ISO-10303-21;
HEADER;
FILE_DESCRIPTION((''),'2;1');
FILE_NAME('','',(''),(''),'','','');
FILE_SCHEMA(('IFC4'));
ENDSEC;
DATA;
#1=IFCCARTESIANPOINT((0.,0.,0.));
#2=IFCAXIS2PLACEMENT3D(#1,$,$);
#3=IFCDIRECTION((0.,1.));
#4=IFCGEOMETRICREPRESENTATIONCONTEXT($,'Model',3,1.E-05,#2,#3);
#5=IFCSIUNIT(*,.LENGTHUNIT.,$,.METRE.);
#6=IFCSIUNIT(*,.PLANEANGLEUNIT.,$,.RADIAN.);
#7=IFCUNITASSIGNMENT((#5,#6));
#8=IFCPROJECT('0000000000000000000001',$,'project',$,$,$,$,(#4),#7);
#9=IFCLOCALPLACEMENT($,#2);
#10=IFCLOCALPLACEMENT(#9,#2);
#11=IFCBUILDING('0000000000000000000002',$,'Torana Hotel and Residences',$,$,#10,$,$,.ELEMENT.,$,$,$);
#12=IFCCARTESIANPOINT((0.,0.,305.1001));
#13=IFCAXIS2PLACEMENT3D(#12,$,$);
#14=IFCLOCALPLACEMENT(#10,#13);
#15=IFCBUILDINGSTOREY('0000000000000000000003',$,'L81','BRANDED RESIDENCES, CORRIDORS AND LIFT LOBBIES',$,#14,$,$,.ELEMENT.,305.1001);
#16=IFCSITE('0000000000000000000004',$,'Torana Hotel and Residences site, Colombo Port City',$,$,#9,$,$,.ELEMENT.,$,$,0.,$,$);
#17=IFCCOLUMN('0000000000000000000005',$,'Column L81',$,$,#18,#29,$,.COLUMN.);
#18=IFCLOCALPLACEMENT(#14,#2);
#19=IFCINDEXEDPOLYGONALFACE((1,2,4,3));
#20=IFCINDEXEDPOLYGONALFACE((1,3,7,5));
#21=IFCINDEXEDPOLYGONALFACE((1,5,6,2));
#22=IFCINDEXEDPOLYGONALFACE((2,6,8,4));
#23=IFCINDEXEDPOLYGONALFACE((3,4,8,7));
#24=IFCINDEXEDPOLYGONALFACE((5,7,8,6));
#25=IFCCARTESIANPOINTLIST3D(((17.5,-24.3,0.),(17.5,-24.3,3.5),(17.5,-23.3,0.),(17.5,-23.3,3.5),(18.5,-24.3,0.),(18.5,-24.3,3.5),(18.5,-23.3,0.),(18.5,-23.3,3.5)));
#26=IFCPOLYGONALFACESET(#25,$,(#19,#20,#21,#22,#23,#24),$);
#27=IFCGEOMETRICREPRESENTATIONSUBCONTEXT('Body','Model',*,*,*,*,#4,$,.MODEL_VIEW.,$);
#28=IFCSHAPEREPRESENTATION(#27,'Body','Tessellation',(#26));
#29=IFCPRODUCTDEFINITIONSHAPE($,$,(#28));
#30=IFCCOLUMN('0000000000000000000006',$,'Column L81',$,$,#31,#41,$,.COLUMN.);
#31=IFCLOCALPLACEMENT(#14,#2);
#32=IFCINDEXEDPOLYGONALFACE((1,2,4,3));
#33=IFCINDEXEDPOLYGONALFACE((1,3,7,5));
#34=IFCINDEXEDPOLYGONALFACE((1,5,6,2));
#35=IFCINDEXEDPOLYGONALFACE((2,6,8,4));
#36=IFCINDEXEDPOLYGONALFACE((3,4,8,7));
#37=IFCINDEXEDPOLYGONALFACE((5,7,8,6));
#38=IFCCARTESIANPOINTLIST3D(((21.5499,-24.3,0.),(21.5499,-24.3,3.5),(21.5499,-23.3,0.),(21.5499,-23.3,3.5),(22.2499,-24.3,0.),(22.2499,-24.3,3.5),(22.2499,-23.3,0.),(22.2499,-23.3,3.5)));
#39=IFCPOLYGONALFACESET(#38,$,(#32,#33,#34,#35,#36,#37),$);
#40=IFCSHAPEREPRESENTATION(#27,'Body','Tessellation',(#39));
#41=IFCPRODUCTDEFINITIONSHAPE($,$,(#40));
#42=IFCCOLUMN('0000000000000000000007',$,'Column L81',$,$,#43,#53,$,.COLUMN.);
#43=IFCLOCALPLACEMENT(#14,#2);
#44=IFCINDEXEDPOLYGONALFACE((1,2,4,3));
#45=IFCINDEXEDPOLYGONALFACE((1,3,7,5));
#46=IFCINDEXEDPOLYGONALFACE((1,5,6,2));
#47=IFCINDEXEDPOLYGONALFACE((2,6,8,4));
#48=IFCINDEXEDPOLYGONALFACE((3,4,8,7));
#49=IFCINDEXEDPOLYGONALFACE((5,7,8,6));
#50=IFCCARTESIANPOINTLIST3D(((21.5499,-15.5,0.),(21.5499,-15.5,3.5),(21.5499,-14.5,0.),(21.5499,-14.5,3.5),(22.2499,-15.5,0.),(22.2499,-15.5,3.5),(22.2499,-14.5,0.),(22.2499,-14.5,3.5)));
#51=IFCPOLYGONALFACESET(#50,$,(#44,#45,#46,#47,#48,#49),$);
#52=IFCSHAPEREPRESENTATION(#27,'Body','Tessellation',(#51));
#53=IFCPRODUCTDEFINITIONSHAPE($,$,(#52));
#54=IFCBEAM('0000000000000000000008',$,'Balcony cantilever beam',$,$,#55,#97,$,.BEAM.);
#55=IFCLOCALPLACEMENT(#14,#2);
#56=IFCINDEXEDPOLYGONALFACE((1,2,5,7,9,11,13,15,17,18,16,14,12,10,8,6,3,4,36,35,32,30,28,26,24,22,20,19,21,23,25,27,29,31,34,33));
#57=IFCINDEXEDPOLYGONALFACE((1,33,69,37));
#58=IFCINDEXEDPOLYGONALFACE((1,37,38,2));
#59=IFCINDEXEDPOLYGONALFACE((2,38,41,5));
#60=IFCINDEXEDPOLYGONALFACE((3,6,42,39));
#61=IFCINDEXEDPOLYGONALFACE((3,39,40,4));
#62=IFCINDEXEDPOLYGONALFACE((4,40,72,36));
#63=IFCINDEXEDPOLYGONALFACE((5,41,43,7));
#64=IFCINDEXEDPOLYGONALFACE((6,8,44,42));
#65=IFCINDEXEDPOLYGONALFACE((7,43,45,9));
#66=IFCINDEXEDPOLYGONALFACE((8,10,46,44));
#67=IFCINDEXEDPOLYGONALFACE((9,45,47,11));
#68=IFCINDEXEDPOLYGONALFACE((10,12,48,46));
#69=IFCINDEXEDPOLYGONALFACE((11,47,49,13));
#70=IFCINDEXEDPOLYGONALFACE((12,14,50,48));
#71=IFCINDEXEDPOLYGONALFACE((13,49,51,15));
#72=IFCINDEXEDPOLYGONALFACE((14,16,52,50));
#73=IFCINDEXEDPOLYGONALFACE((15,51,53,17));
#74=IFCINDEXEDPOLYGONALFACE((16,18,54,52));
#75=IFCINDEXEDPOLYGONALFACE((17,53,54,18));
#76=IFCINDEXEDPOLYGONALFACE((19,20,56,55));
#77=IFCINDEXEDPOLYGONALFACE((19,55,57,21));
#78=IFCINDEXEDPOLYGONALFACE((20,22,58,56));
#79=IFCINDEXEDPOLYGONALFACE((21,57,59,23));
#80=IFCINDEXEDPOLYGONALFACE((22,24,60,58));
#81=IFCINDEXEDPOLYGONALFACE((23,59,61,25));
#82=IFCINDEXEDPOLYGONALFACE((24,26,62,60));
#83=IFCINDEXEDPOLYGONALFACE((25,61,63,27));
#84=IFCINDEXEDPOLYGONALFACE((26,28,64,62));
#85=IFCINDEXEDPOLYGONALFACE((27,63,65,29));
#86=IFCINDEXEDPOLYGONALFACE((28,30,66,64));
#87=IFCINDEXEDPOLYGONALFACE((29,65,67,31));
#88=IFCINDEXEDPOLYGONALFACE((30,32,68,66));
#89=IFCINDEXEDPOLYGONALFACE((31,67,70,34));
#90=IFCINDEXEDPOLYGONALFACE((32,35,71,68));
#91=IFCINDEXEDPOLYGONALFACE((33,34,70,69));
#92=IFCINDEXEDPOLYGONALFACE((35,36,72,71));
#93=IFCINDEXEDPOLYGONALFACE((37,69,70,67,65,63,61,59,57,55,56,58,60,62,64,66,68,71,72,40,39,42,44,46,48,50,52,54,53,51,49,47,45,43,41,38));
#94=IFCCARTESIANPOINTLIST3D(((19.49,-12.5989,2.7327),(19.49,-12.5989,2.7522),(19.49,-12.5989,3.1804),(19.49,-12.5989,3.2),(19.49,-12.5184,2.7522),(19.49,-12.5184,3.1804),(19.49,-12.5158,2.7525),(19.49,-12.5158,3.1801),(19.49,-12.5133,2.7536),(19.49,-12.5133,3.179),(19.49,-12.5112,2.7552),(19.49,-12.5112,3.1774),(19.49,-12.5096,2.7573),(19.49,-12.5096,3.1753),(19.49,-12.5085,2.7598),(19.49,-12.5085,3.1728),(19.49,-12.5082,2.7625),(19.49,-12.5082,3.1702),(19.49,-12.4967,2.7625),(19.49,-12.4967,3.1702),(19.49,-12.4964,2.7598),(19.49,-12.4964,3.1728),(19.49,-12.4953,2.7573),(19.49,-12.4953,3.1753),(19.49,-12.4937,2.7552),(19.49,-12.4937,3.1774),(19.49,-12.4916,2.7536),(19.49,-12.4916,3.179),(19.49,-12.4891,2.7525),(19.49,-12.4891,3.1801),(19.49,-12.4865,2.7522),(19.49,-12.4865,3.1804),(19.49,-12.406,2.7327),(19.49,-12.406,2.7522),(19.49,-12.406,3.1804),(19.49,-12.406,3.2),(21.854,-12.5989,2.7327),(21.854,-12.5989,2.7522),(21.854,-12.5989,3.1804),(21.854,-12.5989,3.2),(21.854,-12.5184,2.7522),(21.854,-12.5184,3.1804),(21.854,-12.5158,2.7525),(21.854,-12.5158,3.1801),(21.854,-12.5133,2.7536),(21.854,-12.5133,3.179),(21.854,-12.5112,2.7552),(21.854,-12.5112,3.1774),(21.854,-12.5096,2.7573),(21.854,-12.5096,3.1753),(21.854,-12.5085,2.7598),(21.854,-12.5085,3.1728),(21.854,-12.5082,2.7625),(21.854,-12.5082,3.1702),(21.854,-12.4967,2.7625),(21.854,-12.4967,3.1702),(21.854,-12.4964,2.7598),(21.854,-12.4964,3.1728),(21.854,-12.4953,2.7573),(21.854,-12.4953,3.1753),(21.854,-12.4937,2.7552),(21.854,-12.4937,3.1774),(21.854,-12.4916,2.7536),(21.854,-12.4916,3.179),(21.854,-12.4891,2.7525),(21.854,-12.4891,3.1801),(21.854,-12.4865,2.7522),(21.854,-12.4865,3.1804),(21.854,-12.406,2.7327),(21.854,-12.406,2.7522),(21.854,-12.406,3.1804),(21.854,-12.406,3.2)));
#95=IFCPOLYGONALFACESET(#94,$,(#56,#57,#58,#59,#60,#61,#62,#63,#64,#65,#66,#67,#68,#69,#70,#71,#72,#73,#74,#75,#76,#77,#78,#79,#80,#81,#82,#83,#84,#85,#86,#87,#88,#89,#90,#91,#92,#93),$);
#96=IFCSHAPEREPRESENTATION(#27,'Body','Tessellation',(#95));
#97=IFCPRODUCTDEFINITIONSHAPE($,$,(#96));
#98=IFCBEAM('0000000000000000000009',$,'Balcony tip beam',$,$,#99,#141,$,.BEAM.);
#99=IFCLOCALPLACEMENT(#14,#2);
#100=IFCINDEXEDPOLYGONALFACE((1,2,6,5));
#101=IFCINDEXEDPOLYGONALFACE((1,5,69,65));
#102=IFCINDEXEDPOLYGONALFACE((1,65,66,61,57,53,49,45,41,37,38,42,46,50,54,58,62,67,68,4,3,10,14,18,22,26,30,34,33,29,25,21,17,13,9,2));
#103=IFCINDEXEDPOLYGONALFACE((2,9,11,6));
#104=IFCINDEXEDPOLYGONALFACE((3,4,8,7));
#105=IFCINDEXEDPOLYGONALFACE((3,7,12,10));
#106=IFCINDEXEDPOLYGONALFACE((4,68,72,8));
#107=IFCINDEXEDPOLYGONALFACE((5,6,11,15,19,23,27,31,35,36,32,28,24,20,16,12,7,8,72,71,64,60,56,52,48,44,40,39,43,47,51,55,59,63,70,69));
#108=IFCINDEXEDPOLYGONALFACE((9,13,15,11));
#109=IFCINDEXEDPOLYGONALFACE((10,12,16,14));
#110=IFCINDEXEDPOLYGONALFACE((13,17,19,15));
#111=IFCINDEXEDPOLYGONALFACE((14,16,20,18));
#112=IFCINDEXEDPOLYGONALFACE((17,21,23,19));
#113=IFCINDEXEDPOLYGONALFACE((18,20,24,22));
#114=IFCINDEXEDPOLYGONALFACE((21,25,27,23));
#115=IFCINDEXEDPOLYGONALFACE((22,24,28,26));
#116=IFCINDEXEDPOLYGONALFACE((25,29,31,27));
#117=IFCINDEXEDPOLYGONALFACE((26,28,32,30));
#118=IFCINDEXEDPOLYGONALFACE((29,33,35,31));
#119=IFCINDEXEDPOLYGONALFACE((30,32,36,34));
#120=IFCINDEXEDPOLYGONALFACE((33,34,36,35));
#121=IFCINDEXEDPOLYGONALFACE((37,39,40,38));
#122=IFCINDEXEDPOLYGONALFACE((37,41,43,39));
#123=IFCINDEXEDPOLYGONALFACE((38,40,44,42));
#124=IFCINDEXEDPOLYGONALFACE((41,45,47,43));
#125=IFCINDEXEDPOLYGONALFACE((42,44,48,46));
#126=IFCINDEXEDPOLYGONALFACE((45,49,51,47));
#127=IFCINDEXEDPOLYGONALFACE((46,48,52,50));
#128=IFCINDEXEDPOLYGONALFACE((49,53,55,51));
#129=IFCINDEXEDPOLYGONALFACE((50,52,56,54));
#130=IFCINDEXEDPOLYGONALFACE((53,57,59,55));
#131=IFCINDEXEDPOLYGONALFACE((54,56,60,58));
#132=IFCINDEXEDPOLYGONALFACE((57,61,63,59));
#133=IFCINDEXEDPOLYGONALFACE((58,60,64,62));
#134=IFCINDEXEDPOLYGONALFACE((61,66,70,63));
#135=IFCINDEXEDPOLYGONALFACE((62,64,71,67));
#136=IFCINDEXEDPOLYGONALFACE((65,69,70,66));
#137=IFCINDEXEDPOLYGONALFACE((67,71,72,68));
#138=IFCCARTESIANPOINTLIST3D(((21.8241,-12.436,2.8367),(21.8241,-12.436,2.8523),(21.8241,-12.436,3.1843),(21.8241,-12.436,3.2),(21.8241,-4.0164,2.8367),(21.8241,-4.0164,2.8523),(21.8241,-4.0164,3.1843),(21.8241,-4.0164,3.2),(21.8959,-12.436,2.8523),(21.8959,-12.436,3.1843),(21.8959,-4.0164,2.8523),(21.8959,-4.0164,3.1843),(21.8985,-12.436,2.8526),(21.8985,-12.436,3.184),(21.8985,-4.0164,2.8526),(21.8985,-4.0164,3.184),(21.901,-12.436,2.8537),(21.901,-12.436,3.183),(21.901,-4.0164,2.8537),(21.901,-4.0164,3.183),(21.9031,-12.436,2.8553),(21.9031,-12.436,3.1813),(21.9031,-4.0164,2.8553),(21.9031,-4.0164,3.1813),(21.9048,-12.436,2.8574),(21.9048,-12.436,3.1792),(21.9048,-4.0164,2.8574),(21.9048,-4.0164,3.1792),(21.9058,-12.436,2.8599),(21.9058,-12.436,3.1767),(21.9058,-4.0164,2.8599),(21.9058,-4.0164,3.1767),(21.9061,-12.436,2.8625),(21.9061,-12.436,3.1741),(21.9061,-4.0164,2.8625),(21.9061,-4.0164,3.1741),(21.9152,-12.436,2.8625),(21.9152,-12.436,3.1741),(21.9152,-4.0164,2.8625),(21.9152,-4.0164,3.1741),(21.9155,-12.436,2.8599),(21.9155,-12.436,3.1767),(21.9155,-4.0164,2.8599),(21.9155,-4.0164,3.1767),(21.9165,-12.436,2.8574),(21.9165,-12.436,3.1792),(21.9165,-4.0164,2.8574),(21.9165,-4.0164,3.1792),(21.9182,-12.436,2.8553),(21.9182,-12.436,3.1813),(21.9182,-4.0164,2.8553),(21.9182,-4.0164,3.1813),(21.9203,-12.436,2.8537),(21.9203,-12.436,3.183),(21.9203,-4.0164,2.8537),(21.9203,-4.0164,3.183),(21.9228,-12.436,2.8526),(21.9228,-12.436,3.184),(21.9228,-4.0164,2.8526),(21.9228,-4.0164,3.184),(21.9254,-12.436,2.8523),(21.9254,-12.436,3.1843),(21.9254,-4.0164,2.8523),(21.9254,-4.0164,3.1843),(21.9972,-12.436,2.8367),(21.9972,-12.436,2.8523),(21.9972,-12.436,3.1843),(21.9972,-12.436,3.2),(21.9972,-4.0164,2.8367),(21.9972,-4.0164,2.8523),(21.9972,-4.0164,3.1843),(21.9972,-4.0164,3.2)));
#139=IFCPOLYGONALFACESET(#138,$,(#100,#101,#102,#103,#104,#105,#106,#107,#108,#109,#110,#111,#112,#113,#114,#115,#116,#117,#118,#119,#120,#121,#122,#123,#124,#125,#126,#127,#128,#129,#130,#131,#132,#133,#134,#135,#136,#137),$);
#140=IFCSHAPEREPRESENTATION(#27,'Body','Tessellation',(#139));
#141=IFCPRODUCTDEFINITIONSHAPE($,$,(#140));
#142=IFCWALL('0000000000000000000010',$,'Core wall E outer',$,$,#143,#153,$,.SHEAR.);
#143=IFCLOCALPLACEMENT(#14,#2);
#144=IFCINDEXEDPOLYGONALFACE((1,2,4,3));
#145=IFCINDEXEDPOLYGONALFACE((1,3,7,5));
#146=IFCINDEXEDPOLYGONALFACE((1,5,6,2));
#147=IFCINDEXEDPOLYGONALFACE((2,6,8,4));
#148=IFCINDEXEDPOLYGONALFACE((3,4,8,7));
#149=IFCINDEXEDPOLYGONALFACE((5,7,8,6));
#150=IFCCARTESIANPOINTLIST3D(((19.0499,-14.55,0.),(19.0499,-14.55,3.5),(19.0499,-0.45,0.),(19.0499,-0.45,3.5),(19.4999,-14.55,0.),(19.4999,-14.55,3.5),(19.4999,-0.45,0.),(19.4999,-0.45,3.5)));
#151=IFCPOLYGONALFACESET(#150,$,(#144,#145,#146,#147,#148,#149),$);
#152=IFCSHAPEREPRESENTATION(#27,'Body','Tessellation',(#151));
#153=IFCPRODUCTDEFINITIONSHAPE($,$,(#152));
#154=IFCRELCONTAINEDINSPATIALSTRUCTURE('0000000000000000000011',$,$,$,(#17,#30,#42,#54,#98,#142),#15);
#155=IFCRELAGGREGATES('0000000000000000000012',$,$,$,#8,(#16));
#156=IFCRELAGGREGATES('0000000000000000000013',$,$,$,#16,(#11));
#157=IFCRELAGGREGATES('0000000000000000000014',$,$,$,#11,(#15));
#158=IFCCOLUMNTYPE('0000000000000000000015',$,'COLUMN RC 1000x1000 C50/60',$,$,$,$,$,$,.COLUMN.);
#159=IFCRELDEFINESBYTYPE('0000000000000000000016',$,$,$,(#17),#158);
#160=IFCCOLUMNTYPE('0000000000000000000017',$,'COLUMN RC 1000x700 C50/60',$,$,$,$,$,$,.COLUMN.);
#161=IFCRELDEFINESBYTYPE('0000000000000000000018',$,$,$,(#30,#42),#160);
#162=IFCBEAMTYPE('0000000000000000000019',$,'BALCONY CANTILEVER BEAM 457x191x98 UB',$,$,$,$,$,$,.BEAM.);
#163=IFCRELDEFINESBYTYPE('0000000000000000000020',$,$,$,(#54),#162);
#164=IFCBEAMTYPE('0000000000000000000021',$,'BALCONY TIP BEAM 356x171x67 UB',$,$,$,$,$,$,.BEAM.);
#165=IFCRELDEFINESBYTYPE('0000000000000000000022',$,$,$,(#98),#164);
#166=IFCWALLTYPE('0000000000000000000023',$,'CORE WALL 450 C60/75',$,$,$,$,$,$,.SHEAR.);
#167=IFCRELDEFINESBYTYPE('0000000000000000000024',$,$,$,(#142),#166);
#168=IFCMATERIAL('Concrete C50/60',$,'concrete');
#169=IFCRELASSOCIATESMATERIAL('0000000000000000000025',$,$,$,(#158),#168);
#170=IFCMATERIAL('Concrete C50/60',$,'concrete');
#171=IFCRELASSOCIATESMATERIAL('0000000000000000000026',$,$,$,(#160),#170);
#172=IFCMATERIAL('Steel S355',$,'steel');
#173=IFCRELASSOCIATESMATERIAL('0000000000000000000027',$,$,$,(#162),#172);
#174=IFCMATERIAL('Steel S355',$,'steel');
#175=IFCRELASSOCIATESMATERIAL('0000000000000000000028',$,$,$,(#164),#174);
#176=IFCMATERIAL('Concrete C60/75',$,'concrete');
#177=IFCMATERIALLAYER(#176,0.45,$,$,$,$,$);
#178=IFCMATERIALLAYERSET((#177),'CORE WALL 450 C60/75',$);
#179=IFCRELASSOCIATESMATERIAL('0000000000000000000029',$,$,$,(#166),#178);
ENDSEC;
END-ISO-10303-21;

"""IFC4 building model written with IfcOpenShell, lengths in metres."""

from ifc_helpers import new_model, si_unit, direction, frame, frame_2d, origin, origin_2d, place, context, subcontext, project, spatial, rectangle, i_section, extrude, material, layer, layer_set, material_profile, profile_set, type_object, element, save


model = new_model("IFC4")

# Units and contexts
model_context = context("Model", 3, precision=1e-05, world=origin(), true_north=direction((0.0, 1.0)))
body_context = subcontext(model_context, "Body", "Model", "MODEL_VIEW")
ifc_project = project(units=[si_unit("LENGTHUNIT", "METRE"), si_unit("PLANEANGLEUNIT", "RADIAN")], contexts=[model_context])

# Site, building, storey
site_placement = place(None, origin())
site = spatial("IfcSite", under=ifc_project, at=site_placement, Name="Torana Hotel and Residences site, Colombo Port City", CompositionType="ELEMENT", RefElevation=0.0)
building_placement = place(site_placement, origin())
building = spatial("IfcBuilding", under=site, at=building_placement, Name="Torana Hotel and Residences", CompositionType="ELEMENT")
storey_placement = place(building_placement, frame((0.0, 0.0, 305.1001)))
storey = spatial("IfcBuildingStorey", under=building, at=storey_placement, Name="L81", Description="BRANDED RESIDENCES, CORRIDORS AND LIFT LOBBIES", CompositionType="ELEMENT", Elevation=305.1001)

# Columns
ifc_material_1 = material(Name="Concrete C50/60", Category="concrete")
ifc_material_profile_1 = material_profile(ifc_material_1, rectangle(XDim=1.0, YDim=1.0, at=origin_2d()), Name="RC 1000x1000")
ifc_profile_set_1 = profile_set([ifc_material_profile_1], Name="Concrete C50/60")
column_type_1 = type_object("IfcColumnType", Name="COLUMN RC 1000x1000 C50/60", PredefinedType="COLUMN", material=ifc_profile_set_1)
column_placement = place(storey_placement, frame((18.0, -23.8, 0.0), z_axis=(0.0, 0.0, 1.0), x_axis=(1.0, 0.0, 0.0)))
element("IfcColumn", 1, at=column_placement, inside=storey, type_object=column_type_1, Name="Column L81", PredefinedType="COLUMN", context=body_context, shape_type="SweptSolid", body=[
    extrude(rectangle(XDim=1.0, YDim=1.0, at=origin_2d()), origin(), (0.0, 0.0, 1.0), 3.5),
])
ifc_material_2 = material(Name="Concrete C50/60", Category="concrete")
ifc_material_profile_2 = material_profile(ifc_material_2, rectangle(XDim=1.0, YDim=0.7, at=origin_2d()), Name="RC 1000x700")
ifc_profile_set_2 = profile_set([ifc_material_profile_2], Name="Concrete C50/60")
column_type_2 = type_object("IfcColumnType", Name="COLUMN RC 1000x700 C50/60", PredefinedType="COLUMN", material=ifc_profile_set_2)
for number, where, z_axis, x_axis, name in (
    (2, (21.8999, -23.8, 0.0), (0.0, 0.0, 1.0), (0.0, 1.0, 0.0), "Column L81"),
    (3, (21.8999, -15.0, 0.0), (0.0, 0.0, 1.0), (0.0, 1.0, 0.0), "Column L81"),
):
    element("IfcColumn", number, at=place(storey_placement, frame(where, z_axis=z_axis, x_axis=x_axis)), inside=storey, type_object=column_type_2, Name=name, PredefinedType="COLUMN", context=body_context, shape_type="SweptSolid", body=[
        extrude(rectangle(XDim=1.0, YDim=0.7, at=origin_2d()), origin(), (0.0, 0.0, 1.0), 3.5),
    ])

# Beams
ifc_material_3 = material(Name="Steel S355", Category="steel")
ifc_material_profile_3 = material_profile(ifc_material_3, i_section(OverallWidth=0.1929, OverallDepth=0.4673, WebThickness=0.0115, FlangeThickness=0.0195, FilletRadius=0.0103, at=origin_2d()), Name="457x191x98 UB")
ifc_profile_set_3 = profile_set([ifc_material_profile_3], Name="Steel S355")
beam_type_1 = type_object("IfcBeamType", Name="BALCONY CANTILEVER BEAM 457x191x98 UB", PredefinedType="BEAM", material=ifc_profile_set_3)
beam_1_placement = place(storey_placement, frame((19.49, -12.5024, 2.9663), z_axis=(1.0, 0.0, 0.0), x_axis=(0.0, 1.0, 0.0)))
element("IfcBeam", 4, at=beam_1_placement, inside=storey, type_object=beam_type_1, Name="Balcony cantilever beam", PredefinedType="BEAM", context=body_context, shape_type="SweptSolid", body=[
    extrude(i_section(OverallWidth=0.1929, OverallDepth=0.4673, WebThickness=0.0115, FlangeThickness=0.0195, FilletRadius=0.0103, at=origin_2d()), origin(), (0.0, 0.0, 1.0), 2.364),
])
ifc_material_4 = material(Name="Steel S355", Category="steel")
ifc_material_profile_4 = material_profile(ifc_material_4, i_section(OverallWidth=0.1731, OverallDepth=0.3633, WebThickness=0.009, FlangeThickness=0.0156, FilletRadius=0.0103, at=origin_2d()), Name="356x171x67 UB")
ifc_profile_set_4 = profile_set([ifc_material_profile_4], Name="Steel S355")
beam_type_2 = type_object("IfcBeamType", Name="BALCONY TIP BEAM 356x171x67 UB", PredefinedType="BEAM", material=ifc_profile_set_4)
beam_2_placement = place(storey_placement, frame((21.9106, -12.436, 3.0183), z_axis=(0.0, 1.0, 0.0), x_axis=(-1.0, 0.0, 0.0)))
element("IfcBeam", 5, at=beam_2_placement, inside=storey, type_object=beam_type_2, Name="Balcony tip beam", PredefinedType="BEAM", context=body_context, shape_type="SweptSolid", body=[
    extrude(i_section(OverallWidth=0.1731, OverallDepth=0.3633, WebThickness=0.009, FlangeThickness=0.0156, FilletRadius=0.0103, at=origin_2d()), origin(), (0.0, 0.0, 1.0), 8.4197),
])

# Wall
ifc_material_5 = material(Name="Concrete C60/75", Category="concrete")
ifc_layer_1 = layer(ifc_material_5, 0.45)
ifc_layer_set_1 = layer_set([ifc_layer_1], Name="CORE WALL 450 C60/75")
wall_type_1 = type_object("IfcWallType", Name="CORE WALL 450 C60/75", PredefinedType="SHEAR", material=ifc_layer_set_1)
wall_1_placement = place(storey_placement, frame((19.2749, -14.55, 0.0), z_axis=(0.0, 0.0, 1.0), x_axis=(0.0, 1.0, 0.0)))
element("IfcWall", 6, at=wall_1_placement, inside=storey, type_object=wall_type_1, Name="Core wall E outer", PredefinedType="SHEAR", context=body_context, shape_type="SweptSolid", body=[
    extrude(rectangle(XDim=14.1001, YDim=0.45, at=frame_2d((7.05, 0.0))), origin(), (0.0, 0.0, 1.0), 3.5),
])

save(model, "model.ifc")
